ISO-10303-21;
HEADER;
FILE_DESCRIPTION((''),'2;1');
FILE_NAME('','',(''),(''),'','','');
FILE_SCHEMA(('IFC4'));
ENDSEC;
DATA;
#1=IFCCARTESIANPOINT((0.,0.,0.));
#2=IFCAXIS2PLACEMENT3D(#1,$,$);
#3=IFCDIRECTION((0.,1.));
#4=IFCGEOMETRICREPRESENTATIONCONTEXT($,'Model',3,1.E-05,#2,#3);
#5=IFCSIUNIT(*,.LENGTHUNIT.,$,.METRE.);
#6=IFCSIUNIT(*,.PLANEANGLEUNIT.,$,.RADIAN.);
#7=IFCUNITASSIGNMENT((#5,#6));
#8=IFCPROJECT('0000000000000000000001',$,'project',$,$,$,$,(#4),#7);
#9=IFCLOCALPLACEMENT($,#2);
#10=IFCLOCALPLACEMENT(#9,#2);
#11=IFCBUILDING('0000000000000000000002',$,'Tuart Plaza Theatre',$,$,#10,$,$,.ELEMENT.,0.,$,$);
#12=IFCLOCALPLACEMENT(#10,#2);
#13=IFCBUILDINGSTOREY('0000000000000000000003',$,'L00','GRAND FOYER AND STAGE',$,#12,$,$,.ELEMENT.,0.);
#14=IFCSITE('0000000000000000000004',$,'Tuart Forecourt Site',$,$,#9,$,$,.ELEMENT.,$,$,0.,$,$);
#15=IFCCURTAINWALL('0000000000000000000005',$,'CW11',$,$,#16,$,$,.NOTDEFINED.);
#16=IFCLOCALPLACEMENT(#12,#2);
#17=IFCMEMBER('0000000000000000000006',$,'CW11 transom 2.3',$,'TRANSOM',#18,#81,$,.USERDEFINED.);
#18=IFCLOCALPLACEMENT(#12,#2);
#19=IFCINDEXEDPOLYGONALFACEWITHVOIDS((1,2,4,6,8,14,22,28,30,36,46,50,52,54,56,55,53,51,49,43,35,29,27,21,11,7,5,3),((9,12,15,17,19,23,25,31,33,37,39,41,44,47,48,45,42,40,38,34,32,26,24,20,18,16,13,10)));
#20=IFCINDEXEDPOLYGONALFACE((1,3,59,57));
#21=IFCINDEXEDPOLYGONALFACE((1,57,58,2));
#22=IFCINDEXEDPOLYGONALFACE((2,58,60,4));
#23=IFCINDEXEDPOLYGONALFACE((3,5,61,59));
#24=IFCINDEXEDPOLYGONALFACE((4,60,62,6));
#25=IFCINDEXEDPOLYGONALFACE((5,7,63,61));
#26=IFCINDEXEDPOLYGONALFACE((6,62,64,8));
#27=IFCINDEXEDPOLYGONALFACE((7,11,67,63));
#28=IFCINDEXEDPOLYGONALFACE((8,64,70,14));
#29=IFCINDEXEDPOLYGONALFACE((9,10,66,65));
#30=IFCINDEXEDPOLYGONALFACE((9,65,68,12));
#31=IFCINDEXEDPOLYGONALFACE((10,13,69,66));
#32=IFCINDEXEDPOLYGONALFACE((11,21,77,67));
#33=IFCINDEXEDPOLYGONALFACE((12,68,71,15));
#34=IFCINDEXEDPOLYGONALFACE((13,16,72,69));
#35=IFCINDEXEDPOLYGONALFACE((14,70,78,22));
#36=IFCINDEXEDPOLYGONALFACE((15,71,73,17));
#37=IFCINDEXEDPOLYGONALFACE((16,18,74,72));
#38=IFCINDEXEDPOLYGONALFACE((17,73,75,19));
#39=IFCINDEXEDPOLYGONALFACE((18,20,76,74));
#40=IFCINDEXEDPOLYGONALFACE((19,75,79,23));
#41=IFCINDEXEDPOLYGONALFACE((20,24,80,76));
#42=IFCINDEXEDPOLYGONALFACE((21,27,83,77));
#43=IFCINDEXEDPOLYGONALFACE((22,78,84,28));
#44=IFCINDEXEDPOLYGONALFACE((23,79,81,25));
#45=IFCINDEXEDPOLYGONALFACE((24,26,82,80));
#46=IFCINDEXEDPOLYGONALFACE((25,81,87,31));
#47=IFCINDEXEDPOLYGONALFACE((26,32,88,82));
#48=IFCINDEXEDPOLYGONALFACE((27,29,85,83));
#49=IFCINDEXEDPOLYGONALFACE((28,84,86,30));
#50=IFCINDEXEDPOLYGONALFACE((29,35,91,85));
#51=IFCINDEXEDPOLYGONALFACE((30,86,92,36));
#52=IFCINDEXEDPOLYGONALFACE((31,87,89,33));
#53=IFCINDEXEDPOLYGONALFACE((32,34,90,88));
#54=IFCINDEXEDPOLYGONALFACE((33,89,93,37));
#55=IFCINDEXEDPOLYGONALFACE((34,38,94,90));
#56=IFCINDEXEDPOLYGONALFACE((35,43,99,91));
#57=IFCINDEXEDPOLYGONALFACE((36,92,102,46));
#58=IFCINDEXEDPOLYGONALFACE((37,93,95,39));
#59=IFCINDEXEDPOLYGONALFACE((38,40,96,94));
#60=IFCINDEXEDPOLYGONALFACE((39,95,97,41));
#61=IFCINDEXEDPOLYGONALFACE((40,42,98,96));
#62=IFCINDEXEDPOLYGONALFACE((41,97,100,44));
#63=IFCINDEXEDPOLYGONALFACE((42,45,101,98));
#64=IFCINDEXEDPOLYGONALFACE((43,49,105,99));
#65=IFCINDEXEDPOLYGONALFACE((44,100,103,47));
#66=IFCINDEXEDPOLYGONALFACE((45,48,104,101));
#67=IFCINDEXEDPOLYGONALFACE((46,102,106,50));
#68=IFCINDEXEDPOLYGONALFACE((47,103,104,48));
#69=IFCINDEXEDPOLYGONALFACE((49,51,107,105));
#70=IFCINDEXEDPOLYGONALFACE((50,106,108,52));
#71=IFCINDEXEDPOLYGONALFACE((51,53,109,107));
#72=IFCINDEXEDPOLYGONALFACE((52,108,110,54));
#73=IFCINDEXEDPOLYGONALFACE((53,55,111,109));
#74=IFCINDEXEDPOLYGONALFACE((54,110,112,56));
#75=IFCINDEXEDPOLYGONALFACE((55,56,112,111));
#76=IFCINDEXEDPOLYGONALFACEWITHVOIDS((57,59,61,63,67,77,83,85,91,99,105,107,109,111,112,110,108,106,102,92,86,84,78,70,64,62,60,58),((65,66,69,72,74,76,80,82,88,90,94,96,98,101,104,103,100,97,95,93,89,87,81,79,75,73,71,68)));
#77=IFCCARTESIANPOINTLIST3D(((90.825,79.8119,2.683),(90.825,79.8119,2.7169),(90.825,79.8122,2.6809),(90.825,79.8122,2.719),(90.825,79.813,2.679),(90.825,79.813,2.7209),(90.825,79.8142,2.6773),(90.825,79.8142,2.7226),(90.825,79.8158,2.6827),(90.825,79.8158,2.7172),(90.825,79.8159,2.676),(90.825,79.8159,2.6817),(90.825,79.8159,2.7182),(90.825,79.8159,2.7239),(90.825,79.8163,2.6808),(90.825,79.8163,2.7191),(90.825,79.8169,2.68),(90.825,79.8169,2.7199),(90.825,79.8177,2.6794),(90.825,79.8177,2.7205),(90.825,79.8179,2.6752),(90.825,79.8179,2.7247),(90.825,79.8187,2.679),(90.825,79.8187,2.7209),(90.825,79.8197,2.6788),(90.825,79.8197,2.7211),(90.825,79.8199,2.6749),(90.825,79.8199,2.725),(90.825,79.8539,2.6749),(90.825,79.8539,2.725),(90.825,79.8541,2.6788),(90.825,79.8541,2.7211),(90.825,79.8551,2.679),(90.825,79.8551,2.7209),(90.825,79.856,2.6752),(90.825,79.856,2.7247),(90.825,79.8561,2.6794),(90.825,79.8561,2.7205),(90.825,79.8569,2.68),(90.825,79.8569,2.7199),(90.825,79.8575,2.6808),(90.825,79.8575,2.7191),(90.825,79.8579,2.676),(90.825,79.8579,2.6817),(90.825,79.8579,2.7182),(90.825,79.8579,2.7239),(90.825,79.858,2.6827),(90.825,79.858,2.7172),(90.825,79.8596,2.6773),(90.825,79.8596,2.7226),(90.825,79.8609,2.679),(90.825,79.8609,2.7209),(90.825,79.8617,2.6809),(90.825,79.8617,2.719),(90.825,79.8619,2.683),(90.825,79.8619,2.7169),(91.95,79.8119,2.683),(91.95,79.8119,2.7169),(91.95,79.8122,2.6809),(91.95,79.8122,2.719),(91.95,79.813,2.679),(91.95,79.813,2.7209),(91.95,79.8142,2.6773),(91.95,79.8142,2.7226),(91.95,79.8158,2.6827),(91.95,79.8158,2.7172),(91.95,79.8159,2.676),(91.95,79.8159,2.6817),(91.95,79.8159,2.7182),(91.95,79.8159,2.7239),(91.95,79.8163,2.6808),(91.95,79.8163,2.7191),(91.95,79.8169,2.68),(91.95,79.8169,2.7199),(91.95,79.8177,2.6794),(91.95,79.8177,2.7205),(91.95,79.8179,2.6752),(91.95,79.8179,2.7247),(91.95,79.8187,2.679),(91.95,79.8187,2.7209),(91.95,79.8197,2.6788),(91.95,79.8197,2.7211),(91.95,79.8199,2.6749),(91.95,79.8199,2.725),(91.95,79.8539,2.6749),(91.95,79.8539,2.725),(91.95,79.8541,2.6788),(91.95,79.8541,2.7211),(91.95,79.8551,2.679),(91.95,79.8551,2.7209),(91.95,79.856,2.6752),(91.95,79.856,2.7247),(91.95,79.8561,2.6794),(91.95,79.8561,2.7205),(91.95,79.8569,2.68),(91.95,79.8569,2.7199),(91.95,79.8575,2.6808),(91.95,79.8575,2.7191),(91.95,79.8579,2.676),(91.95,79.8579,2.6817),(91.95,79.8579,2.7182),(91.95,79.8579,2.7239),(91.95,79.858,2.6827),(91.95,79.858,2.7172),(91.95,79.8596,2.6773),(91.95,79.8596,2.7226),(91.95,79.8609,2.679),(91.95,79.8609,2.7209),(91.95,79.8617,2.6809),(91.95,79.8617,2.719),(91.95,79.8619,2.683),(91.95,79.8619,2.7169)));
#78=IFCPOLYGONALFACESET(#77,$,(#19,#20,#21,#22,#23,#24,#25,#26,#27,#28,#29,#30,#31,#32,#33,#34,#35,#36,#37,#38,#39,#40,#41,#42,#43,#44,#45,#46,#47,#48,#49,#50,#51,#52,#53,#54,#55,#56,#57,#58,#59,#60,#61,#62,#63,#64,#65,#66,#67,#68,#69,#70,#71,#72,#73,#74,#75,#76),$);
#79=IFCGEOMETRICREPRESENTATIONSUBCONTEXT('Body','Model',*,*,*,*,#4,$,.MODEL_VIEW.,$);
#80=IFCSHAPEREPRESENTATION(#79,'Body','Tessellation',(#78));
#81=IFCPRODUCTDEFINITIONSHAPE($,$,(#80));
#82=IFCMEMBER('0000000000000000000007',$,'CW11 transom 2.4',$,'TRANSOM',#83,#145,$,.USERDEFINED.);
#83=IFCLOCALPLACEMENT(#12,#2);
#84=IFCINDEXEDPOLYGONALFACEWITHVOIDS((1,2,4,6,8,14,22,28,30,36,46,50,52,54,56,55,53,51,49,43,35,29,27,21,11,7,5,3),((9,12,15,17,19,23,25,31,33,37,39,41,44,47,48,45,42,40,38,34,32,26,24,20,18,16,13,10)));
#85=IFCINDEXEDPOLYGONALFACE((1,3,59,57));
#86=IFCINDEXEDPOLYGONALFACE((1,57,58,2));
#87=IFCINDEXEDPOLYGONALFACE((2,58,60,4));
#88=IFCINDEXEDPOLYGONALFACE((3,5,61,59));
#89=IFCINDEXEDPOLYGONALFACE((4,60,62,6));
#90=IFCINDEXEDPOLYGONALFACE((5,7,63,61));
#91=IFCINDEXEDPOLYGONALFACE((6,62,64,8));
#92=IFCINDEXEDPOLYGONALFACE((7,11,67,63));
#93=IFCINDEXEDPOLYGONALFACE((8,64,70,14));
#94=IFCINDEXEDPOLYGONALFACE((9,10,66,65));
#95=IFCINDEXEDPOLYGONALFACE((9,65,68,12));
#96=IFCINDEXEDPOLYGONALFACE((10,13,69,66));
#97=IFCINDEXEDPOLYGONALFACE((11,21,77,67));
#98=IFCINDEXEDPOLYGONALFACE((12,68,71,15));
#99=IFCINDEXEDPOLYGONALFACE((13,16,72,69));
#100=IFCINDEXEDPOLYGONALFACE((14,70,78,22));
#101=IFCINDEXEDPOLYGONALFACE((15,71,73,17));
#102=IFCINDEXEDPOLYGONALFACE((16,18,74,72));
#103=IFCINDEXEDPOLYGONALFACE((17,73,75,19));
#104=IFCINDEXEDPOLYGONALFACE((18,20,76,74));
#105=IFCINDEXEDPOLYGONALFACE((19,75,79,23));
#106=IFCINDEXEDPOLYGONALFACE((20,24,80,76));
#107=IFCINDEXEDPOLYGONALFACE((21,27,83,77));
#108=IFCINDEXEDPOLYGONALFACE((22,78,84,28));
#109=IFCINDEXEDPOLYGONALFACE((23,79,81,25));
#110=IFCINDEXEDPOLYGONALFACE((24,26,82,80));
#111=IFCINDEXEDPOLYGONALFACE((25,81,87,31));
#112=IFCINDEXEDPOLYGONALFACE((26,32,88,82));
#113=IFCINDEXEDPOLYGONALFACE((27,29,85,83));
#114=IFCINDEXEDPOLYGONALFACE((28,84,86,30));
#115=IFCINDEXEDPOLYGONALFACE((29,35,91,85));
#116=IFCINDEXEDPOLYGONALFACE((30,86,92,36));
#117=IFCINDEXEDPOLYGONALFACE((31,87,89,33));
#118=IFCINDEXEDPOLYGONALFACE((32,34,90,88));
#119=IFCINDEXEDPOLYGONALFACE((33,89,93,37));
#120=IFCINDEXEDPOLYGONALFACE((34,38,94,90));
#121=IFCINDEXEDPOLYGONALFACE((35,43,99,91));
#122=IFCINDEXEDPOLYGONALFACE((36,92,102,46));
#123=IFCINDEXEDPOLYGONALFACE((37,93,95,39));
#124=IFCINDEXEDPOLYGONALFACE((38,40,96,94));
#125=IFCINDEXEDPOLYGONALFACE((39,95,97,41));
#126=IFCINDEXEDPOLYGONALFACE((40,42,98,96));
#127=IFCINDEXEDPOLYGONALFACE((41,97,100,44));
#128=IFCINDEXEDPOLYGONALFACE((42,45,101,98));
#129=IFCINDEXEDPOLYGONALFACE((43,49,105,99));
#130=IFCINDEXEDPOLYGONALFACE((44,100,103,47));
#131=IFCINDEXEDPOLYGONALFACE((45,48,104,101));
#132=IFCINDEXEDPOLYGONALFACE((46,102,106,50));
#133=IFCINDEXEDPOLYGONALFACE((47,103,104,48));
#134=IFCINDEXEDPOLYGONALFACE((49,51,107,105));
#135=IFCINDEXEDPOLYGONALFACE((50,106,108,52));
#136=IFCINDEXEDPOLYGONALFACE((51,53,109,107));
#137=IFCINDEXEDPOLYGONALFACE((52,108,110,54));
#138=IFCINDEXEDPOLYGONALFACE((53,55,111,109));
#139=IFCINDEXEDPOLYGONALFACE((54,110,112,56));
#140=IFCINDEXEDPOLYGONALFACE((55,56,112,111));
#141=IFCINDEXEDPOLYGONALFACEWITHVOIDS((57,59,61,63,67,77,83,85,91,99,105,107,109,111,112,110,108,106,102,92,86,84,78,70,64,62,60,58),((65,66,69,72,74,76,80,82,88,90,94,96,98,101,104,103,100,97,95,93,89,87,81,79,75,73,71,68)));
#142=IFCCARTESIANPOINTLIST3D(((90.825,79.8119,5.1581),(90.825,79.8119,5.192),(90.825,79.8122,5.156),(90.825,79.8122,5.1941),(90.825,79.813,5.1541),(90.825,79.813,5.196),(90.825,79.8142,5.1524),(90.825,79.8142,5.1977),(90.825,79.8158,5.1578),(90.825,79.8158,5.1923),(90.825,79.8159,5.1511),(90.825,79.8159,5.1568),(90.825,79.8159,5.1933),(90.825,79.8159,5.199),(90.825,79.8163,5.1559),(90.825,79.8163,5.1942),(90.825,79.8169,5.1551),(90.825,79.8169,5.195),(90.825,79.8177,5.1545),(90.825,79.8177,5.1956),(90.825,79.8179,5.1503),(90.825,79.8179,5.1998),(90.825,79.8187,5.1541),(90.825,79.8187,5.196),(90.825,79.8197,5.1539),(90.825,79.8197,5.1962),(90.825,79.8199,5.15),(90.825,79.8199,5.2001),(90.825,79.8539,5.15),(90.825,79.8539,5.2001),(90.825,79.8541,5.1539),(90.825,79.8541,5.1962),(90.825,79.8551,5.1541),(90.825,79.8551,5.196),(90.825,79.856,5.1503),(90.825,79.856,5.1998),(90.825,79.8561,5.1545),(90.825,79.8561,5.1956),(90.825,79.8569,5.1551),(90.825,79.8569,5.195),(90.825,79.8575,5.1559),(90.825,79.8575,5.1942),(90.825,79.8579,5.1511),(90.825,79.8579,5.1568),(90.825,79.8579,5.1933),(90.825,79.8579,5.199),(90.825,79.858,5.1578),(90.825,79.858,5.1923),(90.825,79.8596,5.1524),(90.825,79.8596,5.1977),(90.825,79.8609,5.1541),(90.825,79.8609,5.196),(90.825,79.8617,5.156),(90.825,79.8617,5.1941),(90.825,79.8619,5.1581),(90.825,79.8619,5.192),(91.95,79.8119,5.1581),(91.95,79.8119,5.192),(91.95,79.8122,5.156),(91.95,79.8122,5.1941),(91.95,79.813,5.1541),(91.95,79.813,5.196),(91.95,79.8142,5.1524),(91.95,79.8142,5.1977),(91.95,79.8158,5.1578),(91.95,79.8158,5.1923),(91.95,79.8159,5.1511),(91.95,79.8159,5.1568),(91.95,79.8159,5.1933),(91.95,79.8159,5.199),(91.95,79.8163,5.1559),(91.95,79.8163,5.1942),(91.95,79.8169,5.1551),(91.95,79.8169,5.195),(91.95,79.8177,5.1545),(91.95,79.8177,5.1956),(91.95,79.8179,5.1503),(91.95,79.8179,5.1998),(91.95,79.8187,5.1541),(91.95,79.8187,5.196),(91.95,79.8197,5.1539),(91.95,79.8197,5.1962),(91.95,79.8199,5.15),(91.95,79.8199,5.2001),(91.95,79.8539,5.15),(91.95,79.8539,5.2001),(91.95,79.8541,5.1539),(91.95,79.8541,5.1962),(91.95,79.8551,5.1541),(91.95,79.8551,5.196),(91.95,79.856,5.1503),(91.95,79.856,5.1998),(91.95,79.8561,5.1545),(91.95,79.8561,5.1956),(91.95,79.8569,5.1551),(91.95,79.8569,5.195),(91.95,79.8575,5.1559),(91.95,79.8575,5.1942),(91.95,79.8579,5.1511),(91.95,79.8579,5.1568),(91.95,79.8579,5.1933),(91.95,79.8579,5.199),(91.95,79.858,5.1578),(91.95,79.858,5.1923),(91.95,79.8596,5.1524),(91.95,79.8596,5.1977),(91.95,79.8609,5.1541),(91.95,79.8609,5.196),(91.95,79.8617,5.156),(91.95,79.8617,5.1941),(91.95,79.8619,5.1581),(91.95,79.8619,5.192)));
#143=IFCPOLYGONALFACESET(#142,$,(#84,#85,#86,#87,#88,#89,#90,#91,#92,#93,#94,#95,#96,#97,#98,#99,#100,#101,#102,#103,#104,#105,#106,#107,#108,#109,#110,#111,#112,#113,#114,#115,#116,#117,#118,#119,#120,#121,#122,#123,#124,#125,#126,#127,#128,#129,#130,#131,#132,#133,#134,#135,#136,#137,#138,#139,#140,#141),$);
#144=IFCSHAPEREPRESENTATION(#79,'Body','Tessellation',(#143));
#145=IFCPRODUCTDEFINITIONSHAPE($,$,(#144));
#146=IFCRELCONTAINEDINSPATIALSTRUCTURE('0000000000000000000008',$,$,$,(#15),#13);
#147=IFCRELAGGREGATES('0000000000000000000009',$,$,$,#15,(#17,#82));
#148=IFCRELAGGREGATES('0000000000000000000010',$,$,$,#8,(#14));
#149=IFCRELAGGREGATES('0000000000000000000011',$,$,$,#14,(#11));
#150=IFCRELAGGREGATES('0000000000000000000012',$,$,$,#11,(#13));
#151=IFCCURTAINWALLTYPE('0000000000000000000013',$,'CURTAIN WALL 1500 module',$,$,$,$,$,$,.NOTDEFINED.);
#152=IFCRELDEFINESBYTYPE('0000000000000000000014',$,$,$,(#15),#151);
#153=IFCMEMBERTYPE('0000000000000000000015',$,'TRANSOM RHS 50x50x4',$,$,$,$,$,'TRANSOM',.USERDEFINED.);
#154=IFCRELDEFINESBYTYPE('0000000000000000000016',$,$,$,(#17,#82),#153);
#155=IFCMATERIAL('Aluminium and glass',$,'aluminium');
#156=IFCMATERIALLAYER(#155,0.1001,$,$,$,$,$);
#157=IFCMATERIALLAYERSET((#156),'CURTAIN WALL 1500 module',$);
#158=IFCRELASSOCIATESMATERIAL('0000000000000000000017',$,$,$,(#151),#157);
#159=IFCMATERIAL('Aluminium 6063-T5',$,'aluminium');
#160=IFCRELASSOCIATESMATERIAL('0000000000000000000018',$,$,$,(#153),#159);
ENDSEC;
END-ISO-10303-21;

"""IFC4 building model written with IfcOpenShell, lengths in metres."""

from ifc_helpers import new_model, si_unit, direction, frame, origin, origin_2d, place, context, subcontext, project, spatial, hollow_rectangle, extrude, material, layer, layer_set, material_profile, profile_set, type_object, element, aggregate, save


model = new_model("IFC4")

# Units and contexts
model_context = context("Model", 3, precision=1e-05, world=origin(), true_north=direction((0.0, 1.0)))
body_context = subcontext(model_context, "Body", "Model", "MODEL_VIEW")
ifc_project = project(units=[si_unit("LENGTHUNIT", "METRE"), si_unit("PLANEANGLEUNIT", "RADIAN")], contexts=[model_context])

# Site, building, storey
site_placement = place(None, origin())
site = spatial("IfcSite", under=ifc_project, at=site_placement, Name="Tuart Forecourt Site", CompositionType="ELEMENT", RefElevation=0.0)
building_placement = place(site_placement, origin())
building = spatial("IfcBuilding", under=site, at=building_placement, Name="Tuart Plaza Theatre", CompositionType="ELEMENT", ElevationOfRefHeight=0.0)
storey_placement = place(building_placement, origin())
storey = spatial("IfcBuildingStorey", under=building, at=storey_placement, Name="L00", Description="GRAND FOYER AND STAGE", CompositionType="ELEMENT", Elevation=0.0)

# Curtain wall
ifc_material_1 = material(Name="Aluminium and glass", Category="aluminium")
ifc_layer_1 = layer(ifc_material_1, 0.1001)
ifc_layer_set_1 = layer_set([ifc_layer_1], Name="CURTAIN WALL 1500 module")
curtain_wall_type = type_object("IfcCurtainWallType", Name="CURTAIN WALL 1500 module", PredefinedType="NOTDEFINED", material=ifc_layer_set_1)
curtain_wall_1_placement = place(storey_placement, origin())
curtain_wall_1 = element("IfcCurtainWall", 1, at=curtain_wall_1_placement, inside=storey, type_object=curtain_wall_type, Name="CW11", PredefinedType="NOTDEFINED")

# Members
ifc_material_2 = material(Name="Aluminium 6063-T5", Category="aluminium")
ifc_material_profile_1 = material_profile(ifc_material_2, hollow_rectangle(XDim=0.05, YDim=0.05, WallThickness=0.0039, InnerFilletRadius=0.0039, OuterFilletRadius=0.0081, at=origin_2d()), Name="RHS 50x50x4")
ifc_profile_set_1 = profile_set([ifc_material_profile_1], Name="Aluminium 6063-T5")
member_type_1 = type_object("IfcMemberType", Name="TRANSOM RHS 50x50x4", ElementType="TRANSOM", PredefinedType="USERDEFINED", material=ifc_profile_set_1)
member_1_placement = place(storey_placement, frame((90.825, 79.8369, 2.7), z_axis=(1.0, 0.0, 0.0), x_axis=(0.0, 1.0, 0.0)))
member_1 = element("IfcMember", 2, at=member_1_placement, type_object=member_type_1, Name="CW11 transom 2.3", ObjectType="TRANSOM", PredefinedType="USERDEFINED", context=body_context, shape_type="SweptSolid", body=[
    extrude(hollow_rectangle(XDim=0.05, YDim=0.05, WallThickness=0.0039, InnerFilletRadius=0.0039, OuterFilletRadius=0.0081, at=origin_2d()), origin(), (0.0, 0.0, 1.0), 1.125),
])
member_2_placement = place(storey_placement, frame((90.825, 79.8369, 5.175), z_axis=(1.0, 0.0, 0.0), x_axis=(0.0, 1.0, 0.0)))
member_2 = element("IfcMember", 3, at=member_2_placement, type_object=member_type_1, Name="CW11 transom 2.4", ObjectType="TRANSOM", PredefinedType="USERDEFINED", context=body_context, shape_type="SweptSolid", body=[
    extrude(hollow_rectangle(XDim=0.05, YDim=0.05, WallThickness=0.0039, InnerFilletRadius=0.0039, OuterFilletRadius=0.0081, at=origin_2d()), origin(), (0.0, 0.0, 1.0), 1.125),
])

aggregate(curtain_wall_1, [member_1, member_2])

save(model, "model.ifc")
